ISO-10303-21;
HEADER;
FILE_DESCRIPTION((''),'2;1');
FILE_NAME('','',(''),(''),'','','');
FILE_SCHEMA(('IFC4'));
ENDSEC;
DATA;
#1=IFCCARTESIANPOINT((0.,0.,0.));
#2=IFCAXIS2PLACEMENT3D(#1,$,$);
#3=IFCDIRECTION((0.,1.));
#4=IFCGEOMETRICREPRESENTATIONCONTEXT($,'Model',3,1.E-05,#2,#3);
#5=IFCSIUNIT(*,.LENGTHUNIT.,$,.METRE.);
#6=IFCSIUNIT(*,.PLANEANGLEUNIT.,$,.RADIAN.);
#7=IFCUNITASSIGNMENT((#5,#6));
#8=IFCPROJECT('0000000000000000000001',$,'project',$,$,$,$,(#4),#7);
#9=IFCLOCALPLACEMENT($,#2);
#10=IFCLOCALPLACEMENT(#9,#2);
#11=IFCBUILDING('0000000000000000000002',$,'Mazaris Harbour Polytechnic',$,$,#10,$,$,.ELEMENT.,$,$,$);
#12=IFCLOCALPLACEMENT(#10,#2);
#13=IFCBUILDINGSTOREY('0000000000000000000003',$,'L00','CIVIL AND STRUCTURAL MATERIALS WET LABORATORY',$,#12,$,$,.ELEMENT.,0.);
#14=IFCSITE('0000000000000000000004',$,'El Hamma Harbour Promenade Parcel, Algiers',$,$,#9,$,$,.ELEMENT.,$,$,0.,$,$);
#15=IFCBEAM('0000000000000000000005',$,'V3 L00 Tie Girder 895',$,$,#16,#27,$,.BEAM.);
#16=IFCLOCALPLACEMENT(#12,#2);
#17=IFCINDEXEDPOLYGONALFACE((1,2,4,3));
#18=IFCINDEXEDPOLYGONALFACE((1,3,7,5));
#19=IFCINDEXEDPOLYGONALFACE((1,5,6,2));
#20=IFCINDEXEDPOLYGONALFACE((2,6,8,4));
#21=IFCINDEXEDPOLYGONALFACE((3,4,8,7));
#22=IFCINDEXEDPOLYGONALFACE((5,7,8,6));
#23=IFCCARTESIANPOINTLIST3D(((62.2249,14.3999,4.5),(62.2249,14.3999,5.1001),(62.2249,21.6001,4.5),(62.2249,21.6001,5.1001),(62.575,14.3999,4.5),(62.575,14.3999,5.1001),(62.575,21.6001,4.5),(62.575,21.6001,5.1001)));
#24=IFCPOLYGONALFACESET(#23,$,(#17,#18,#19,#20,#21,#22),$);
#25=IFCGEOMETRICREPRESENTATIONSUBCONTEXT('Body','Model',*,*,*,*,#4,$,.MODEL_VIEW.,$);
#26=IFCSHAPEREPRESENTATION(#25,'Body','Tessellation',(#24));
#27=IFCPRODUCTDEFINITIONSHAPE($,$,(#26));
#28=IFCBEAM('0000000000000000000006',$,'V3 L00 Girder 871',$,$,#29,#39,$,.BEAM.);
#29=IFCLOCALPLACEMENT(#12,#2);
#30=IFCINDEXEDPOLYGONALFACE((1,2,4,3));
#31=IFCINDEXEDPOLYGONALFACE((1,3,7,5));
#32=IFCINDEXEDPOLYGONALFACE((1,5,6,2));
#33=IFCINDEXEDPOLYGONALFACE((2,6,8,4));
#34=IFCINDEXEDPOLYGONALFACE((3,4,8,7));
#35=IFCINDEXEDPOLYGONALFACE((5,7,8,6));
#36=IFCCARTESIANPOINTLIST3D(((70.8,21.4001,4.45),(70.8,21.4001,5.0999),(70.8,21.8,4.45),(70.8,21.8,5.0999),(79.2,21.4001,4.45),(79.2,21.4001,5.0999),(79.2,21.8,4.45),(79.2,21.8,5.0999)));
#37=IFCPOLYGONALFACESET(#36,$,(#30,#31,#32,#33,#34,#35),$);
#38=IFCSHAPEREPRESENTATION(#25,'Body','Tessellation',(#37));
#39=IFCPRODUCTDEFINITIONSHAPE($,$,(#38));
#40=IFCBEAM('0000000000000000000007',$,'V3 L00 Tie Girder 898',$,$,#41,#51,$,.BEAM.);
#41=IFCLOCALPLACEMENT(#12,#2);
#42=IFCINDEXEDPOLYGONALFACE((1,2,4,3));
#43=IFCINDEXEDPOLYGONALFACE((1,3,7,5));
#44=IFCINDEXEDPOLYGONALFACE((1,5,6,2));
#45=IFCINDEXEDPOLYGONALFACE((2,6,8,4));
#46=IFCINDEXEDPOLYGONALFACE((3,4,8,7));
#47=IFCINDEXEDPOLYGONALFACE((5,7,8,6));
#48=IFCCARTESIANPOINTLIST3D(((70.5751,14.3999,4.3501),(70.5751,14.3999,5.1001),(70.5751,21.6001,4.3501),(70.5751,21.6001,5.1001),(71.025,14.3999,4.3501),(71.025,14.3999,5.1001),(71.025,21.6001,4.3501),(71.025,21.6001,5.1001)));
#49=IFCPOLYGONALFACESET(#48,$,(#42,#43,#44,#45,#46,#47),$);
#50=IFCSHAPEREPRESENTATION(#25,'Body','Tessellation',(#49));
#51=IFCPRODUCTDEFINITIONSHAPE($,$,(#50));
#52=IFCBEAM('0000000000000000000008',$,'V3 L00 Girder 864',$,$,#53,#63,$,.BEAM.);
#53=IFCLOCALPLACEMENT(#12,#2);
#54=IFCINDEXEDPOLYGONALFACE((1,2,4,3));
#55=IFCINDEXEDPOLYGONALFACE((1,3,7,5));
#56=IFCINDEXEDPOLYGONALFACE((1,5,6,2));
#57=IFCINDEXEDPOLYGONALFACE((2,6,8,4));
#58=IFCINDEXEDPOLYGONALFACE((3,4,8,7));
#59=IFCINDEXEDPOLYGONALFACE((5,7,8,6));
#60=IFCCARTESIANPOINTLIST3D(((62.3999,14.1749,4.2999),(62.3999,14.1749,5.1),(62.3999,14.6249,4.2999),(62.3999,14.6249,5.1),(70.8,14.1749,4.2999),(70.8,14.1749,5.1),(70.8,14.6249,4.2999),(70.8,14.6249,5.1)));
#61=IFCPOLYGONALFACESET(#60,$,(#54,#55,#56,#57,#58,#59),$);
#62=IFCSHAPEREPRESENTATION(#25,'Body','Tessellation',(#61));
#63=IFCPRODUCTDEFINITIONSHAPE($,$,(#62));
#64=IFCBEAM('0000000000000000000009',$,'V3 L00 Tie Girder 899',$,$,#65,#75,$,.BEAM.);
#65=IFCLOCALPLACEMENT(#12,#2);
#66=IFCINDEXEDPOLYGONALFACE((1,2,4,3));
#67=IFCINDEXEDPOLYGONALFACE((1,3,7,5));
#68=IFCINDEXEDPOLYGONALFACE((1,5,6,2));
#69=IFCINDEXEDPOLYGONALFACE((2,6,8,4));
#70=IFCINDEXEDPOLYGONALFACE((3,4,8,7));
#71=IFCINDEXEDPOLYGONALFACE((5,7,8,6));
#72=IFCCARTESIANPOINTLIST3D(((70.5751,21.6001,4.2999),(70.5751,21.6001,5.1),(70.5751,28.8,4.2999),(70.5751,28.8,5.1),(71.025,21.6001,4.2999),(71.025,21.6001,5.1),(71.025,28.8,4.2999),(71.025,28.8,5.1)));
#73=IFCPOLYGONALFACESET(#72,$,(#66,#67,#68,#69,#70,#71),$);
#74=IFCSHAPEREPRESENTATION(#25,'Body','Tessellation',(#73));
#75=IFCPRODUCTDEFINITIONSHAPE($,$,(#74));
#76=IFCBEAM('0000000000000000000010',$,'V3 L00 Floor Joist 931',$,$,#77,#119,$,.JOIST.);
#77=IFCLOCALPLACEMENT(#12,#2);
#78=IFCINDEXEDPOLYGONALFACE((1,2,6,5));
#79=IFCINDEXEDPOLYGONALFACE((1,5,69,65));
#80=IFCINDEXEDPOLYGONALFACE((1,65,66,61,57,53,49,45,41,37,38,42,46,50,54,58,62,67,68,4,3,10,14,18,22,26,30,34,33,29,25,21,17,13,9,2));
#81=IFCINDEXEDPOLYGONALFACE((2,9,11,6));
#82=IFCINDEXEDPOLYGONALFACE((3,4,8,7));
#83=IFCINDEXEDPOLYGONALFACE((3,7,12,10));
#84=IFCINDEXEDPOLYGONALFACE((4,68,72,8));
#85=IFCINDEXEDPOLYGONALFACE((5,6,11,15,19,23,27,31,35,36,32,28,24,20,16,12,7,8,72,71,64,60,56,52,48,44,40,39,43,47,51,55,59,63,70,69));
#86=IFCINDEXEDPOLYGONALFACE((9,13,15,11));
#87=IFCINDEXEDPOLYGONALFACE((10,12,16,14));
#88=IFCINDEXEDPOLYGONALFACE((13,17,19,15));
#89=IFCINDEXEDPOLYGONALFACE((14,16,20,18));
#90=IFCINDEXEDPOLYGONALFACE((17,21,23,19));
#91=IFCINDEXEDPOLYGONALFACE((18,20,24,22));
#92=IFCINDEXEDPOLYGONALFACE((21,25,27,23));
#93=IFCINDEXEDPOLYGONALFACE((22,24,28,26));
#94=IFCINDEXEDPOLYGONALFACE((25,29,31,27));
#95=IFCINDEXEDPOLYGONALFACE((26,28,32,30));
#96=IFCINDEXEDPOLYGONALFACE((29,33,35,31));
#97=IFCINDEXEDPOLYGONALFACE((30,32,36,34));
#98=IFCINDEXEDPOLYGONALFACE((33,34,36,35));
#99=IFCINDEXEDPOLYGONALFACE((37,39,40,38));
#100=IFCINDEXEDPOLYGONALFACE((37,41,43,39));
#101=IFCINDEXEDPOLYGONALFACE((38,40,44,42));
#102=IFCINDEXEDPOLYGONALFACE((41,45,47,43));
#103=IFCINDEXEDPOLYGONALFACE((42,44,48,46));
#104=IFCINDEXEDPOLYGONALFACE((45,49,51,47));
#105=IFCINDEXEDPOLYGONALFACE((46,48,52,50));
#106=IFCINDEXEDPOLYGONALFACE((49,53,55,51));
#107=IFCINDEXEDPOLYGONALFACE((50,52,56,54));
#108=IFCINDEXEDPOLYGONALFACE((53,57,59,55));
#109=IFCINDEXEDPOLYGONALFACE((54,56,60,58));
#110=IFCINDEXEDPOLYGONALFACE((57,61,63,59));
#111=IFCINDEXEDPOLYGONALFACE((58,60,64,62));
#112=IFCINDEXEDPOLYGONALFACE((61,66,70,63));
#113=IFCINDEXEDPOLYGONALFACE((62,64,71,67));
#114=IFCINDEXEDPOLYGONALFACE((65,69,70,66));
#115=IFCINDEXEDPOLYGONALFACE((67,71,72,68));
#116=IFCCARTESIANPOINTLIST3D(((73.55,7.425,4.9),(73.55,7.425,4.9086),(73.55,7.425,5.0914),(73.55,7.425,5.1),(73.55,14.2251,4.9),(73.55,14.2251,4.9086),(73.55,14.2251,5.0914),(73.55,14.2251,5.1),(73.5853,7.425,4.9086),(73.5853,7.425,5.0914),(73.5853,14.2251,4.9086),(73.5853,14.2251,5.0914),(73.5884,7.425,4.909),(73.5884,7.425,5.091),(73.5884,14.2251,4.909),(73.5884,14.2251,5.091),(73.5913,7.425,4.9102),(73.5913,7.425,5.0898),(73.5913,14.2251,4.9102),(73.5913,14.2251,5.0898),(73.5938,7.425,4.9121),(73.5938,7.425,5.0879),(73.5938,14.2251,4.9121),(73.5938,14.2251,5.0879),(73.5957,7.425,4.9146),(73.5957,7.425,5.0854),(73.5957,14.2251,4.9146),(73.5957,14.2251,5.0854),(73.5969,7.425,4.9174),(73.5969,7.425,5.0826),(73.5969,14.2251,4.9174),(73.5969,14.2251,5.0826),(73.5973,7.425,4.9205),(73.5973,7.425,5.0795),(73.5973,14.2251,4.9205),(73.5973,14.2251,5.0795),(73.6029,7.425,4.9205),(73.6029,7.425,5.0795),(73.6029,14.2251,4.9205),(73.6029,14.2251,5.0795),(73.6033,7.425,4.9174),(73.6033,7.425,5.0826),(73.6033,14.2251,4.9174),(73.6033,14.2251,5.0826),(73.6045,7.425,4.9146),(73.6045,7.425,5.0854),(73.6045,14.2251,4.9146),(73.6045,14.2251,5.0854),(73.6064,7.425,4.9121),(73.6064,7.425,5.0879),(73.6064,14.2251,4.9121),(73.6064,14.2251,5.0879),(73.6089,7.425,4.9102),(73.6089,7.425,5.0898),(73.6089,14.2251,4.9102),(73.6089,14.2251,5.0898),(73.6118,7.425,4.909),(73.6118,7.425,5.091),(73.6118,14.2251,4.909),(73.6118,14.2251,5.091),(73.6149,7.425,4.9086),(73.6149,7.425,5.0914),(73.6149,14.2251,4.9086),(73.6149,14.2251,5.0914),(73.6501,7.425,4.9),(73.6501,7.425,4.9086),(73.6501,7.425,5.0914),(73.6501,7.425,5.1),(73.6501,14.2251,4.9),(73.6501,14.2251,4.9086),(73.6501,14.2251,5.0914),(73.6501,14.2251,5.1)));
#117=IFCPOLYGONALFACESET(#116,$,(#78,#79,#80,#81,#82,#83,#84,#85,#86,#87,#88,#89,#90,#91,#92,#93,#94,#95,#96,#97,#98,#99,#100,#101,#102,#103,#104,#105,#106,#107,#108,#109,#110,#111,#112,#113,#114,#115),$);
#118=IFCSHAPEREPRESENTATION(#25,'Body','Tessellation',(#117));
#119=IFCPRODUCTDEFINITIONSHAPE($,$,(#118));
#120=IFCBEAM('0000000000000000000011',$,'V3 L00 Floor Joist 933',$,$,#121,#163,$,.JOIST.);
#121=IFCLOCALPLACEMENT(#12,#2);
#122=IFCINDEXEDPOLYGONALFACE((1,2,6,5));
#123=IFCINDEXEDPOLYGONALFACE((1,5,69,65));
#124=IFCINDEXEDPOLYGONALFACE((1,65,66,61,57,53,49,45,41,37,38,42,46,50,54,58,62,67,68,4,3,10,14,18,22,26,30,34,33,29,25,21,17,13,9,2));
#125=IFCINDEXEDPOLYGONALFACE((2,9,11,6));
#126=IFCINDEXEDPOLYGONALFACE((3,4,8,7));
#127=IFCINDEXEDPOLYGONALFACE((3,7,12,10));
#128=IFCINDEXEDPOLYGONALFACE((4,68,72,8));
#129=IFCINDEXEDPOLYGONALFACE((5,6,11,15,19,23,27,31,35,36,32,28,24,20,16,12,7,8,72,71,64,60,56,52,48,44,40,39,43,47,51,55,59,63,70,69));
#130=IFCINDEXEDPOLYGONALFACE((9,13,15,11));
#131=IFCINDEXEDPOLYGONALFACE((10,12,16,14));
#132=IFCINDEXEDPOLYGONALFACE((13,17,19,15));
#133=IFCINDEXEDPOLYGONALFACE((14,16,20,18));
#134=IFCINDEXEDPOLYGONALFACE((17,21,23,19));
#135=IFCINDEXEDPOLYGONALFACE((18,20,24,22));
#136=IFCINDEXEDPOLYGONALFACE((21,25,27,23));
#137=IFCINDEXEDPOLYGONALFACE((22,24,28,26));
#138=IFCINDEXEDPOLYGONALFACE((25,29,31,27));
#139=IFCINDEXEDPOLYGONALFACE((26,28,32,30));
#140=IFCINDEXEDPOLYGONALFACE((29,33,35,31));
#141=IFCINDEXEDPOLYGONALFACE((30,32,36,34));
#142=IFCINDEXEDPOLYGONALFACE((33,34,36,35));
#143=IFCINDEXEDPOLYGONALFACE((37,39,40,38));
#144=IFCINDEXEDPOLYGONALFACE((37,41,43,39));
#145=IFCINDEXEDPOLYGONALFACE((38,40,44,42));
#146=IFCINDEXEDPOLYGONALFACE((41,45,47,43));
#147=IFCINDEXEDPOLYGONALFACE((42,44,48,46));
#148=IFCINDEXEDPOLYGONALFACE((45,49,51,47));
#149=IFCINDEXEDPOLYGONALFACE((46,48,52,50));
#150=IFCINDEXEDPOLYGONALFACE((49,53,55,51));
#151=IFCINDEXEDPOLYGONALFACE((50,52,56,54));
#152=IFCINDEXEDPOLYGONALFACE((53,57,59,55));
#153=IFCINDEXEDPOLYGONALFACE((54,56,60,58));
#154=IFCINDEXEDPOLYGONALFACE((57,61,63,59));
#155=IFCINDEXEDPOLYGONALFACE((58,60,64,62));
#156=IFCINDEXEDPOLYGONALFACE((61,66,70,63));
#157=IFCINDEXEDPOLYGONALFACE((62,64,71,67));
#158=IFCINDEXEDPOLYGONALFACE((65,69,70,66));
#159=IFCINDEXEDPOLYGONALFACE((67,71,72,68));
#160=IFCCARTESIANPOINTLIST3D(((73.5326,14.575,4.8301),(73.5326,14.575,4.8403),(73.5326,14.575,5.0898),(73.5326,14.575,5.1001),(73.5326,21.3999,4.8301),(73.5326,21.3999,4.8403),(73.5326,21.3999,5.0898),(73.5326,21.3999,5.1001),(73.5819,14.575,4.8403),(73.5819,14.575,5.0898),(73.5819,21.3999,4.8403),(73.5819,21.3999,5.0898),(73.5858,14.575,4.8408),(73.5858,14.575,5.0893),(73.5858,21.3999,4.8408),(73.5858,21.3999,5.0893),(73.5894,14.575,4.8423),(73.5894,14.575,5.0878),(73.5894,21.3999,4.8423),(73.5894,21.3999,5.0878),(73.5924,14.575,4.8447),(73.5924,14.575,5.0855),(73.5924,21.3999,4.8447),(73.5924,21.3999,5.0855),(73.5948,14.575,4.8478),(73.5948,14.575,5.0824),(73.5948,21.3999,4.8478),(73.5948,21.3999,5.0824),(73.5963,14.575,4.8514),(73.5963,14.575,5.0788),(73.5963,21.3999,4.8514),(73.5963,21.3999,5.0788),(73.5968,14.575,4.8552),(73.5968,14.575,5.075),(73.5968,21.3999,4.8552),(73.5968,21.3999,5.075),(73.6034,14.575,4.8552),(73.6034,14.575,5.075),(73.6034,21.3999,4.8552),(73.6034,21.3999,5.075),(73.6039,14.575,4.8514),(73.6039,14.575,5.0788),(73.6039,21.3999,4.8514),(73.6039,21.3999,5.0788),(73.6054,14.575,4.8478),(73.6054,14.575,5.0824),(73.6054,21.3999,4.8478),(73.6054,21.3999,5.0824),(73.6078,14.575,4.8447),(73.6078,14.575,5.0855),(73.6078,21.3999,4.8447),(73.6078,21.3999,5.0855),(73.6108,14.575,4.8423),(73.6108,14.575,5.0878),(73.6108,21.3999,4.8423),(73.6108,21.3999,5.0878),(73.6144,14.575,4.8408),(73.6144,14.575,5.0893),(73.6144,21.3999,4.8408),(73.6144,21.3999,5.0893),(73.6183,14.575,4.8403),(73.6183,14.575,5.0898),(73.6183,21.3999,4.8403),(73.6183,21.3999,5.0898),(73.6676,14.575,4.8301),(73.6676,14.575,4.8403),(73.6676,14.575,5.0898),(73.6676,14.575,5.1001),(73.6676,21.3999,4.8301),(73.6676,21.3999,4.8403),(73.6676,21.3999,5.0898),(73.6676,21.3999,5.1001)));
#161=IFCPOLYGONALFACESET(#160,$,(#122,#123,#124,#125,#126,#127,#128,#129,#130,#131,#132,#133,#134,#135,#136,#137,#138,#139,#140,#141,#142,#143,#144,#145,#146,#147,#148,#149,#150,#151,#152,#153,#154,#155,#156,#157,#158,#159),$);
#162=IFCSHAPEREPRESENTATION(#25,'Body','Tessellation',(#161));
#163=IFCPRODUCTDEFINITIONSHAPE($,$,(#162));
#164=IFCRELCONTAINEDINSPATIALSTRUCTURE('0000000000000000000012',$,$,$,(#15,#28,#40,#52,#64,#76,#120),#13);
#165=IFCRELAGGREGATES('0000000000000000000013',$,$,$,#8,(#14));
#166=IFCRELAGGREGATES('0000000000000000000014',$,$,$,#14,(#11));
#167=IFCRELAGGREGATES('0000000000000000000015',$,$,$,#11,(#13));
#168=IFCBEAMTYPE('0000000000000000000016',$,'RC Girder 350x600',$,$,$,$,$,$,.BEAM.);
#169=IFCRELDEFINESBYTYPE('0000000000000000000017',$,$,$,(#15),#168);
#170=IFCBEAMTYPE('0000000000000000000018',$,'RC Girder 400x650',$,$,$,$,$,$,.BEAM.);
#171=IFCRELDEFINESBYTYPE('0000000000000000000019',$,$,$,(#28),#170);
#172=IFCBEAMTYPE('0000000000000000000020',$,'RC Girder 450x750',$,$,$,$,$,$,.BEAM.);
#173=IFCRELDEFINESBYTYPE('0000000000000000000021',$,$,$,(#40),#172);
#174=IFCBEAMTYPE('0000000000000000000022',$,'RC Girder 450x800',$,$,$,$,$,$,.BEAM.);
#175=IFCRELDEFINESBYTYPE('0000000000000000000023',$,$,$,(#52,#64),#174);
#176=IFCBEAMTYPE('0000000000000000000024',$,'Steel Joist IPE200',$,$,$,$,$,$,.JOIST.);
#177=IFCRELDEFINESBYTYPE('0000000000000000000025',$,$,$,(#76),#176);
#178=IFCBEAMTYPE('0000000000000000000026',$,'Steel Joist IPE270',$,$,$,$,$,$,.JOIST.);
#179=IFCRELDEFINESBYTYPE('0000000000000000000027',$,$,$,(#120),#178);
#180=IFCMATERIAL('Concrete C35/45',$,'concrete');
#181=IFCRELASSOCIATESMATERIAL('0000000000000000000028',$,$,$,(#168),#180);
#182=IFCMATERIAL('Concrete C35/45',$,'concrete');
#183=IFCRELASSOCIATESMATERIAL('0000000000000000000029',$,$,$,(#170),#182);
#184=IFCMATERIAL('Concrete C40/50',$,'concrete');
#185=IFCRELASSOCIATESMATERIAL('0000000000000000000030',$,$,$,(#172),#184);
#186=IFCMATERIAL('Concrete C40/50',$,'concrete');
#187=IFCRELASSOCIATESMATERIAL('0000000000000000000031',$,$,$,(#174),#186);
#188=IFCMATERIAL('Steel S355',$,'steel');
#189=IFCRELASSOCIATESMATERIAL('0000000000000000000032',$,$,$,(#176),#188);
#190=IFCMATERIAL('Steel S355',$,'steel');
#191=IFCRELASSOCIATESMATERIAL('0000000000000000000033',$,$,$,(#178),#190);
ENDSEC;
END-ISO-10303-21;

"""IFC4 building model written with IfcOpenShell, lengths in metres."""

from ifc_helpers import new_model, si_unit, direction, frame, origin, origin_2d, place, context, subcontext, project, spatial, rectangle, i_section, extrude, material, material_profile, profile_set, type_object, element, save


model = new_model("IFC4")

# Units and contexts
model_context = context("Model", 3, precision=1e-05, world=origin(), true_north=direction((0.0, 1.0)))
body_context = subcontext(model_context, "Body", "Model", "MODEL_VIEW")
ifc_project = project(units=[si_unit("LENGTHUNIT", "METRE"), si_unit("PLANEANGLEUNIT", "RADIAN")], contexts=[model_context])

# Site, building, storey
site_placement = place(None, origin())
site = spatial("IfcSite", under=ifc_project, at=site_placement, Name="El Hamma Harbour Promenade Parcel, Algiers", CompositionType="ELEMENT", RefElevation=0.0)
building_placement = place(site_placement, origin())
building = spatial("IfcBuilding", under=site, at=building_placement, Name="Mazaris Harbour Polytechnic", CompositionType="ELEMENT")
storey_placement = place(building_placement, origin())
storey = spatial("IfcBuildingStorey", under=building, at=storey_placement, Name="L00", Description="CIVIL AND STRUCTURAL MATERIALS WET LABORATORY", CompositionType="ELEMENT", Elevation=0.0)

# Beams
ifc_material_1 = material(Name="Concrete C35/45", Category="concrete")
ifc_material_profile_1 = material_profile(ifc_material_1, rectangle(XDim=0.3501, YDim=0.6001, at=origin_2d()), Name="RECT350x600")
ifc_profile_set_1 = profile_set([ifc_material_profile_1], Name="Concrete C35/45")
beam_type_1 = type_object("IfcBeamType", Name="RC Girder 350x600", PredefinedType="BEAM", material=ifc_profile_set_1)
beam_1_placement = place(storey_placement, frame((62.3999, 14.3999, 4.8), z_axis=(0.0, 1.0, 0.0), x_axis=(-1.0, 0.0, 0.0)))
element("IfcBeam", 1, at=beam_1_placement, inside=storey, type_object=beam_type_1, Name="V3 L00 Tie Girder 895", PredefinedType="BEAM", context=body_context, shape_type="SweptSolid", body=[
    extrude(rectangle(XDim=0.3501, YDim=0.6001, at=origin_2d()), origin(), (0.0, 0.0, 1.0), 7.2002),
])
ifc_material_2 = material(Name="Concrete C35/45", Category="concrete")
ifc_material_profile_2 = material_profile(ifc_material_2, rectangle(XDim=0.3999, YDim=0.6499, at=origin_2d()), Name="RECT400x650")
ifc_profile_set_2 = profile_set([ifc_material_profile_2], Name="Concrete C35/45")
beam_type_2 = type_object("IfcBeamType", Name="RC Girder 400x650", PredefinedType="BEAM", material=ifc_profile_set_2)
beam_2_placement = place(storey_placement, frame((70.8, 21.6001, 4.7749), z_axis=(1.0, 0.0, 0.0), x_axis=(0.0, 1.0, 0.0)))
element("IfcBeam", 2, at=beam_2_placement, inside=storey, type_object=beam_type_2, Name="V3 L00 Girder 871", PredefinedType="BEAM", context=body_context, shape_type="SweptSolid", body=[
    extrude(rectangle(XDim=0.3999, YDim=0.6499, at=origin_2d()), origin(), (0.0, 0.0, 1.0), 8.3999),
])
ifc_material_3 = material(Name="Concrete C40/50", Category="concrete")
ifc_material_profile_3 = material_profile(ifc_material_3, rectangle(XDim=0.45, YDim=0.75, at=origin_2d()), Name="RECT450x750")
ifc_profile_set_3 = profile_set([ifc_material_profile_3], Name="Concrete C40/50")
beam_type_3 = type_object("IfcBeamType", Name="RC Girder 450x750", PredefinedType="BEAM", material=ifc_profile_set_3)
beam_3_placement = place(storey_placement, frame((70.8, 14.3999, 4.7251), z_axis=(0.0, 1.0, 0.0), x_axis=(-1.0, 0.0, 0.0)))
element("IfcBeam", 3, at=beam_3_placement, inside=storey, type_object=beam_type_3, Name="V3 L00 Tie Girder 898", PredefinedType="BEAM", context=body_context, shape_type="SweptSolid", body=[
    extrude(rectangle(XDim=0.45, YDim=0.75, at=origin_2d()), origin(), (0.0, 0.0, 1.0), 7.2002),
])
ifc_material_4 = material(Name="Concrete C40/50", Category="concrete")
ifc_material_profile_4 = material_profile(ifc_material_4, rectangle(XDim=0.45, YDim=0.8, at=origin_2d()), Name="RECT450x800")
ifc_profile_set_4 = profile_set([ifc_material_profile_4], Name="Concrete C40/50")
beam_type_4 = type_object("IfcBeamType", Name="RC Girder 450x800", PredefinedType="BEAM", material=ifc_profile_set_4)
beam_4_placement = place(storey_placement, frame((62.3999, 14.3999, 4.7), z_axis=(1.0, 0.0, 0.0), x_axis=(0.0, 1.0, 0.0)))
element("IfcBeam", 4, at=beam_4_placement, inside=storey, type_object=beam_type_4, Name="V3 L00 Girder 864", PredefinedType="BEAM", context=body_context, shape_type="SweptSolid", body=[
    extrude(rectangle(XDim=0.45, YDim=0.8, at=origin_2d()), origin(), (0.0, 0.0, 1.0), 8.4001),
])
beam_5_placement = place(storey_placement, frame((70.8, 21.6001, 4.7), z_axis=(0.0, 1.0, 0.0), x_axis=(-1.0, 0.0, 0.0)))
element("IfcBeam", 5, at=beam_5_placement, inside=storey, type_object=beam_type_4, Name="V3 L00 Tie Girder 899", PredefinedType="BEAM", context=body_context, shape_type="SweptSolid", body=[
    extrude(rectangle(XDim=0.45, YDim=0.8, at=origin_2d()), origin(), (0.0, 0.0, 1.0), 7.2),
])
ifc_material_5 = material(Name="Steel S355", Category="steel")
ifc_material_profile_5 = material_profile(ifc_material_5, i_section(OverallWidth=0.1001, OverallDepth=0.2, WebThickness=0.0056, FlangeThickness=0.0085, FilletRadius=0.012, at=origin_2d()), Name="IPE 200")
ifc_profile_set_5 = profile_set([ifc_material_profile_5], Name="Steel S355")
beam_type_5 = type_object("IfcBeamType", Name="Steel Joist IPE200", PredefinedType="JOIST", material=ifc_profile_set_5)
beam_6_placement = place(storey_placement, frame((73.6001, 7.425, 5.0), z_axis=(0.0, 1.0, 0.0), x_axis=(-1.0, 0.0, 0.0)))
element("IfcBeam", 6, at=beam_6_placement, inside=storey, type_object=beam_type_5, Name="V3 L00 Floor Joist 931", PredefinedType="JOIST", context=body_context, shape_type="SweptSolid", body=[
    extrude(i_section(OverallWidth=0.1001, OverallDepth=0.2, WebThickness=0.0056, FlangeThickness=0.0085, FilletRadius=0.012, at=origin_2d()), origin(), (0.0, 0.0, 1.0), 6.8),
])
ifc_material_6 = material(Name="Steel S355", Category="steel")
ifc_material_profile_6 = material_profile(ifc_material_6, i_section(OverallWidth=0.135, OverallDepth=0.27, WebThickness=0.0066, FlangeThickness=0.0103, FilletRadius=0.0149, at=origin_2d()), Name="IPE 270")
ifc_profile_set_6 = profile_set([ifc_material_profile_6], Name="Steel S355")
beam_type_6 = type_object("IfcBeamType", Name="Steel Joist IPE270", PredefinedType="JOIST", material=ifc_profile_set_6)
beam_7_placement = place(storey_placement, frame((73.6001, 14.575, 4.9651), z_axis=(0.0, 1.0, 0.0), x_axis=(-1.0, 0.0, 0.0)))
element("IfcBeam", 7, at=beam_7_placement, inside=storey, type_object=beam_type_6, Name="V3 L00 Floor Joist 933", PredefinedType="JOIST", context=body_context, shape_type="SweptSolid", body=[
    extrude(i_section(OverallWidth=0.135, OverallDepth=0.27, WebThickness=0.0066, FlangeThickness=0.0103, FilletRadius=0.0149, at=origin_2d()), origin(), (0.0, 0.0, 1.0), 6.825),
])

save(model, "model.ifc")
